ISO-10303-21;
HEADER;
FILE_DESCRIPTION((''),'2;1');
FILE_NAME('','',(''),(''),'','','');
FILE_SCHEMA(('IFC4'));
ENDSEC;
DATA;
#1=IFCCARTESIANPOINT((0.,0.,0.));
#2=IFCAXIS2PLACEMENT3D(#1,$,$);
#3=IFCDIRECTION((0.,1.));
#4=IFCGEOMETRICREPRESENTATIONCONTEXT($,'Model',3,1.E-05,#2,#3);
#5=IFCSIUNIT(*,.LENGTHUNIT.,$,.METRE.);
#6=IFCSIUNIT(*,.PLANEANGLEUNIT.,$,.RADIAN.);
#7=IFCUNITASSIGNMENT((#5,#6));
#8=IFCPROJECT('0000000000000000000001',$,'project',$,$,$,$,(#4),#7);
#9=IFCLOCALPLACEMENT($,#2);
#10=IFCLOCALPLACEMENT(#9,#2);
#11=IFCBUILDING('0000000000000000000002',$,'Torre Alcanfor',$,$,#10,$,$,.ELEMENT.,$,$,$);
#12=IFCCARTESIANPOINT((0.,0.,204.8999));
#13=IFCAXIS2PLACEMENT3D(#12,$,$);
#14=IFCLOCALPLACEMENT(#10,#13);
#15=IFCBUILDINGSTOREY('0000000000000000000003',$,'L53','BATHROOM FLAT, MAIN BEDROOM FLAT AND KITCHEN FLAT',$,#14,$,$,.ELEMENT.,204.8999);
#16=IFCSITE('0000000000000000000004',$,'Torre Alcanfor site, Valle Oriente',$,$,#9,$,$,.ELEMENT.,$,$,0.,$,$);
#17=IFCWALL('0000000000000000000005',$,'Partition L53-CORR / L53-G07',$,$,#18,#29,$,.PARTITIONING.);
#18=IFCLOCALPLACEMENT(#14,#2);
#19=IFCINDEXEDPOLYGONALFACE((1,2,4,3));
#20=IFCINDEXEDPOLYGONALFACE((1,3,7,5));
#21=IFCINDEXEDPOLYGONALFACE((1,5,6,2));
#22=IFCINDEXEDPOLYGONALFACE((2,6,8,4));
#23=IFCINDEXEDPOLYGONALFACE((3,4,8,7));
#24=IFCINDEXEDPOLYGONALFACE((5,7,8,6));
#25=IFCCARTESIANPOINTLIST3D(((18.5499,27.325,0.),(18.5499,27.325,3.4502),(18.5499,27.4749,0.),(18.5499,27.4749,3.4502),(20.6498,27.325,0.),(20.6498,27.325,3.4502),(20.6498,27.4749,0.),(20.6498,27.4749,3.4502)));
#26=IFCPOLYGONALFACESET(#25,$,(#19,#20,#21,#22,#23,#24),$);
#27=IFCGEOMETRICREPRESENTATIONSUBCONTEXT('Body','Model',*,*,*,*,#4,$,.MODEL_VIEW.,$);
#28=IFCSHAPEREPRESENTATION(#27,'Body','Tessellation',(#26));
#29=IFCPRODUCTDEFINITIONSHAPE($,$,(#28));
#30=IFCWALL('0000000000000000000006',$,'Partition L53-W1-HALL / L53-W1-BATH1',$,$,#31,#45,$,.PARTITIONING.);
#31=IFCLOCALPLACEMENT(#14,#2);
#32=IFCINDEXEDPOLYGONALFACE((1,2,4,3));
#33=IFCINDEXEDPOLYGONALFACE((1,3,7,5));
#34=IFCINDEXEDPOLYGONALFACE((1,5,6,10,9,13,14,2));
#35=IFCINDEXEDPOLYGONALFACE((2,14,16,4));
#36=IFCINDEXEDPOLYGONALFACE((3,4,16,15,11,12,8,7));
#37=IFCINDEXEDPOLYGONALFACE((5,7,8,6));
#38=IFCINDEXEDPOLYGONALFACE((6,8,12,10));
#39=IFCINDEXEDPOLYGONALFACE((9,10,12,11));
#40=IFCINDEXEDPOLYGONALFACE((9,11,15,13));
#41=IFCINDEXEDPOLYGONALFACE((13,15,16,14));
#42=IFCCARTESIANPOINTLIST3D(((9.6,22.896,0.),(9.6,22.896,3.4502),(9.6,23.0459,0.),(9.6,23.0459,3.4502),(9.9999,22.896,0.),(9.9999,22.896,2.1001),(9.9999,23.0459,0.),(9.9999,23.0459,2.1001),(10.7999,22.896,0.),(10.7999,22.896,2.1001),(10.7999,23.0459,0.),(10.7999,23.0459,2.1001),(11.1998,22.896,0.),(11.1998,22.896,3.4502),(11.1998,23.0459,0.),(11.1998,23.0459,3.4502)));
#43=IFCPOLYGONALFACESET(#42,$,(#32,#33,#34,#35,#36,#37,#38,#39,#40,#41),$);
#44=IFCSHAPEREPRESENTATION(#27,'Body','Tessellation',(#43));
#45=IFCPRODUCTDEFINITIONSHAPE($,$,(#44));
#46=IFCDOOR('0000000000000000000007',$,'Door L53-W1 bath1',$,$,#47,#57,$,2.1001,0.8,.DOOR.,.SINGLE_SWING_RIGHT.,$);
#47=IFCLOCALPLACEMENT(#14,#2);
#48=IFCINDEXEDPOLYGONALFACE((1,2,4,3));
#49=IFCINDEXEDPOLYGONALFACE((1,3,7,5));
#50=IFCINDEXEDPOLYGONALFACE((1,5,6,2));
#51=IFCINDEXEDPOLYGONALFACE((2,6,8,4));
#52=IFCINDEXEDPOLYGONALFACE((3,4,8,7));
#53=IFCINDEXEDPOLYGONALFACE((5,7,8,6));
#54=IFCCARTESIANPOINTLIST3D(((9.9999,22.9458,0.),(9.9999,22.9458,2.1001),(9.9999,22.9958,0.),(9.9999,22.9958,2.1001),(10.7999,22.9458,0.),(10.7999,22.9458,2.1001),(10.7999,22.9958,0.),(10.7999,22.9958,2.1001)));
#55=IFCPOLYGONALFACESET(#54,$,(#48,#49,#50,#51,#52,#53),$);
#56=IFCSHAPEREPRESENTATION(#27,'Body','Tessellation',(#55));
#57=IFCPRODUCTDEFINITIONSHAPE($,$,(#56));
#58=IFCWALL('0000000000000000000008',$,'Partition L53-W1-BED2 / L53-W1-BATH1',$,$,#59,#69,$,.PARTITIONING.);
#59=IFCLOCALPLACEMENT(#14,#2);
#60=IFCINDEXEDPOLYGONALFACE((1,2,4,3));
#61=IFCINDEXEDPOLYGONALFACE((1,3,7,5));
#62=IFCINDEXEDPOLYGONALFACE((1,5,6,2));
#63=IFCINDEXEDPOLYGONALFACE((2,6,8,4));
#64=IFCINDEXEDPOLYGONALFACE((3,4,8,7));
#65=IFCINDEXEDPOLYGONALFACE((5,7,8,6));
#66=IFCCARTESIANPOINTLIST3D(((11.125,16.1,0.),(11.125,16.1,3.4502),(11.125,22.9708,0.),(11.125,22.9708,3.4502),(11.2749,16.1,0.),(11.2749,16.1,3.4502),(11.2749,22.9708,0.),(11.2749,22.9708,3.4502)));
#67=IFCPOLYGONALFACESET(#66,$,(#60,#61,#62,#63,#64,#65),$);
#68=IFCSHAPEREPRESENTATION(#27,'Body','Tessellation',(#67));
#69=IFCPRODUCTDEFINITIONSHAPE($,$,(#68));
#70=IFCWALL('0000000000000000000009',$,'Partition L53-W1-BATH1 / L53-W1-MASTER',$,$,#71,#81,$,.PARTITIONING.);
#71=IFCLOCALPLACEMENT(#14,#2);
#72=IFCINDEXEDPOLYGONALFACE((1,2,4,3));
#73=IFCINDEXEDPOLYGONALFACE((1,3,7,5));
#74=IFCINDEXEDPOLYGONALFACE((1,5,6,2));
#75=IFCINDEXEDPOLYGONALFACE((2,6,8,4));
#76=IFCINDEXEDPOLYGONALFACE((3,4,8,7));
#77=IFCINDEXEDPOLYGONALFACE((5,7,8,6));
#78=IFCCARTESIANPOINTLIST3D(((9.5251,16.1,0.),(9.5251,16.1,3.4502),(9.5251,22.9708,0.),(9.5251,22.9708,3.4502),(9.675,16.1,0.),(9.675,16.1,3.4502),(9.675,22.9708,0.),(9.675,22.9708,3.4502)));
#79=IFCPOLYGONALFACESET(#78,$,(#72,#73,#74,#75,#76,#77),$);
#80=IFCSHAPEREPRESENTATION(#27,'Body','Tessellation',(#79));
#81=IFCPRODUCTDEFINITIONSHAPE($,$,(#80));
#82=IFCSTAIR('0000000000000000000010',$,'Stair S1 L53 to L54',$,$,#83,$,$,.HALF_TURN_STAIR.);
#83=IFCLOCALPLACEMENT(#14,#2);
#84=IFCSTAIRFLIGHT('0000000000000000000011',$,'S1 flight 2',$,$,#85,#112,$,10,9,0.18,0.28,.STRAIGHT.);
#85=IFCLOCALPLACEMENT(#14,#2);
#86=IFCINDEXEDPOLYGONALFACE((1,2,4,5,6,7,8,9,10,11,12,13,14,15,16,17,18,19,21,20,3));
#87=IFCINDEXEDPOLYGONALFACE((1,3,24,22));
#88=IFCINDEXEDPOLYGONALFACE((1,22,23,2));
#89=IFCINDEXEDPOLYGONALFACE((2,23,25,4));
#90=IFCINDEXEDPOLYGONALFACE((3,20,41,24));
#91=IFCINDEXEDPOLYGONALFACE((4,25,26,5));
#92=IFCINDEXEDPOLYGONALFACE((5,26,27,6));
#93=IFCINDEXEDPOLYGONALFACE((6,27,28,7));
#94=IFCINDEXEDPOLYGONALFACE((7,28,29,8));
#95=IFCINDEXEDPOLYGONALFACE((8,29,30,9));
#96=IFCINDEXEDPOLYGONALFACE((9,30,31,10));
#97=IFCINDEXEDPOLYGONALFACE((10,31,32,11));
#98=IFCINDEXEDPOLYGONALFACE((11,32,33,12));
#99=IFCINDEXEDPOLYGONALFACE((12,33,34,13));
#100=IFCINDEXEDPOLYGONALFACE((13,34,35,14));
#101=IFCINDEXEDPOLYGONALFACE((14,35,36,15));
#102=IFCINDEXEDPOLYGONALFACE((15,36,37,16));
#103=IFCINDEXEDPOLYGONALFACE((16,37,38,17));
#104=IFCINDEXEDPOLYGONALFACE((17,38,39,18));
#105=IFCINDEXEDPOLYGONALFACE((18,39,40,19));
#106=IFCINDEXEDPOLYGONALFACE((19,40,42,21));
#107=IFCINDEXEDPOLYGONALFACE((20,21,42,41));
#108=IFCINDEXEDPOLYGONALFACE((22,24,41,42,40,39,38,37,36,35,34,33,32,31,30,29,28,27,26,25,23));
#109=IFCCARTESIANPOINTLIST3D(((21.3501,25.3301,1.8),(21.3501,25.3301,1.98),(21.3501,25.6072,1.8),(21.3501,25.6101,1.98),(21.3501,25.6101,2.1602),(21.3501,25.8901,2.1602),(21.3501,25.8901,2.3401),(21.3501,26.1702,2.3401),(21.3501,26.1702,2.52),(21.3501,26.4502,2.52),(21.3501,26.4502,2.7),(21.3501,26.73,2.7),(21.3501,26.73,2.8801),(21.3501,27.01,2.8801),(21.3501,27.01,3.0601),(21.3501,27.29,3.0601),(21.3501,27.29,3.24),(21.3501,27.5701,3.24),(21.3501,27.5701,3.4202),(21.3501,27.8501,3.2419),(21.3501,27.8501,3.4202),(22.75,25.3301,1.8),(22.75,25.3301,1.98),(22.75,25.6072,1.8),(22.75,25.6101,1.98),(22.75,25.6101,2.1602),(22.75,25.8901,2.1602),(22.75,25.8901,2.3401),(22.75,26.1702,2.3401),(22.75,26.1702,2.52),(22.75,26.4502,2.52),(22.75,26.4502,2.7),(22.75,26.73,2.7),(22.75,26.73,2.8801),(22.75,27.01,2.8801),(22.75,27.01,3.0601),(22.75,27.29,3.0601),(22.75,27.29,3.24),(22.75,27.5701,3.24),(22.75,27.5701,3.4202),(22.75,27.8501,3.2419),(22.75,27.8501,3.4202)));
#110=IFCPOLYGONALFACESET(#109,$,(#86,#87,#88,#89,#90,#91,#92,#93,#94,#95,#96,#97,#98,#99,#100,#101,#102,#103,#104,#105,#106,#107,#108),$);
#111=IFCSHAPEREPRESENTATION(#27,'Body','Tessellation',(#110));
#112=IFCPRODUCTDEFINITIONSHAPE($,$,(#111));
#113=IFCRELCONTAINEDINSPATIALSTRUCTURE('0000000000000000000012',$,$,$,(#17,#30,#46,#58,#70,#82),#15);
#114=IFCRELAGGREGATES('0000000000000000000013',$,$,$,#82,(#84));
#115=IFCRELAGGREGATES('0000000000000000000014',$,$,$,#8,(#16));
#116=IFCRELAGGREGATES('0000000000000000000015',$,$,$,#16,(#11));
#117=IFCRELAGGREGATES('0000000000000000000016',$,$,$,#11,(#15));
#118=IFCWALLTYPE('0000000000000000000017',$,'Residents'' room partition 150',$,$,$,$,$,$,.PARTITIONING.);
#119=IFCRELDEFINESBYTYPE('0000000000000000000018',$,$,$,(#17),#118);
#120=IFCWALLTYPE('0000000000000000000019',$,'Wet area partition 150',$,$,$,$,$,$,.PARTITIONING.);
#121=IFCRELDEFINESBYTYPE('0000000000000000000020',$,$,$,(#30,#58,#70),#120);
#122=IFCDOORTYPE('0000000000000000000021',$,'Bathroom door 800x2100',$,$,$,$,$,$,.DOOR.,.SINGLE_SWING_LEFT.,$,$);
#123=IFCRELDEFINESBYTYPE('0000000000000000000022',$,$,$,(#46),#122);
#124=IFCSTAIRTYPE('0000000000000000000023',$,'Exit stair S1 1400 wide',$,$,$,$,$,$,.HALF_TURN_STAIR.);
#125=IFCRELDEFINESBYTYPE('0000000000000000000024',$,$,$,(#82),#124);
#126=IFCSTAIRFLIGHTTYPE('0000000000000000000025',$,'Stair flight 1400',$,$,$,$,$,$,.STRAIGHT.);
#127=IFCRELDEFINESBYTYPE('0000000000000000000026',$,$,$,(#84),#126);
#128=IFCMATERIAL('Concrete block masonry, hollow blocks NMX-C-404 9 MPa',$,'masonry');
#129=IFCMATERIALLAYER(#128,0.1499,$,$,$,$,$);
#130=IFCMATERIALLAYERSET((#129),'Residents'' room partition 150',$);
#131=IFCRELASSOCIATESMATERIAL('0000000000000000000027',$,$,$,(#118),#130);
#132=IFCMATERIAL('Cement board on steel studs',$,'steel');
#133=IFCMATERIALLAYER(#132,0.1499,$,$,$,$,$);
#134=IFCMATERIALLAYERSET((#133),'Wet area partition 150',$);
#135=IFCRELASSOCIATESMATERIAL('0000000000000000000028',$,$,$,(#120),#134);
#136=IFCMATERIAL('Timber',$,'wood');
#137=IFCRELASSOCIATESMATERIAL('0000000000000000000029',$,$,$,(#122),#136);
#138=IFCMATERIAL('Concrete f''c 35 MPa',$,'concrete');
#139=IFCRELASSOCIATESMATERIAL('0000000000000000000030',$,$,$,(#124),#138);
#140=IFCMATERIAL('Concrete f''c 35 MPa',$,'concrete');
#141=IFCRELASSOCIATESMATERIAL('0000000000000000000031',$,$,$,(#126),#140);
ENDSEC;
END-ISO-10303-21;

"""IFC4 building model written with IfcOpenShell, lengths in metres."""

from ifc_helpers import new_model, si_unit, direction, frame, frame_2d, origin, place, context, subcontext, project, spatial, polyline, rectangle, outline, extrude, material, layer, layer_set, type_object, element, fill, aggregate, save


model = new_model("IFC4")

# Units and contexts
model_context = context("Model", 3, precision=1e-05, world=origin(), true_north=direction((0.0, 1.0)))
body_context = subcontext(model_context, "Body", "Model", "MODEL_VIEW")
ifc_project = project(units=[si_unit("LENGTHUNIT", "METRE"), si_unit("PLANEANGLEUNIT", "RADIAN")], contexts=[model_context])

# Site, building, storey
site_placement = place(None, origin())
site = spatial("IfcSite", under=ifc_project, at=site_placement, Name="Torre Alcanfor site, Valle Oriente", CompositionType="ELEMENT", RefElevation=0.0)
building_placement = place(site_placement, origin())
building = spatial("IfcBuilding", under=site, at=building_placement, Name="Torre Alcanfor", CompositionType="ELEMENT")
storey_placement = place(building_placement, frame((0.0, 0.0, 204.8999)))
storey = spatial("IfcBuildingStorey", under=building, at=storey_placement, Name="L53", Description="BATHROOM FLAT, MAIN BEDROOM FLAT AND KITCHEN FLAT", CompositionType="ELEMENT", Elevation=204.8999)

# Shared definitions
ifc_material_1 = material(Name="Concrete block masonry, hollow blocks NMX-C-404 9 MPa", Category="masonry")
ifc_layer_1 = layer(ifc_material_1, 0.1499)
ifc_layer_set_1 = layer_set([ifc_layer_1], Name="Residents' room partition 150")
wall_type_1 = type_object("IfcWallType", Name="Residents' room partition 150", PredefinedType="PARTITIONING", material=ifc_layer_set_1)

# Wall
wall_1_placement = place(storey_placement, frame((18.55, 27.3999, 0.0), z_axis=(0.0, 0.0, 1.0), x_axis=(1.0, 0.0, 0.0)))
element("IfcWall", 1, at=wall_1_placement, inside=storey, type_object=wall_type_1, Name="Partition L53-CORR / L53-G07", PredefinedType="PARTITIONING", context=body_context, shape_type="SweptSolid", body=[
    extrude(rectangle(XDim=2.0999, YDim=0.1499, at=frame_2d((1.0498, 0.0))), origin(), (0.0, 0.0, 1.0), 3.4502),
])

# Wall, opening, door
ifc_material_2 = material(Name="Cement board on steel studs", Category="steel")
ifc_layer_2 = layer(ifc_material_2, 0.1499)
ifc_layer_set_2 = layer_set([ifc_layer_2], Name="Wet area partition 150")
wall_type_2 = type_object("IfcWallType", Name="Wet area partition 150", PredefinedType="PARTITIONING", material=ifc_layer_set_2)
wall_2_placement = place(storey_placement, frame((9.6001, 22.9709, 0.0), z_axis=(0.0, 0.0, 1.0), x_axis=(1.0, 0.0, 0.0)))
wall_2 = element("IfcWall", 2, at=wall_2_placement, inside=storey, type_object=wall_type_2, Name="Partition L53-W1-HALL / L53-W1-BATH1", PredefinedType="PARTITIONING", context=body_context, shape_type="SweptSolid", body=[
    extrude(rectangle(XDim=1.5999, YDim=0.1499, at=frame_2d((0.7998, 0.0))), origin(), (0.0, 0.0, 1.0), 3.4502),
])
opening_1_placement = place(wall_2_placement, frame((0.3999, 0.0, 0.0)))
opening_1 = element("IfcOpeningElement", 3, at=opening_1_placement, cuts=wall_2, PredefinedType="OPENING", context=body_context, shape_type="SweptSolid", body=[
    extrude(rectangle(XDim=0.8, YDim=2.1001, at=frame_2d((0.3999, 1.05))), frame((0.0, 0.085, 0.0), z_axis=(0.0, -1.0, 0.0), x_axis=(1.0, 0.0, 0.0)), (0.0, 0.0, 1.0), 0.1699),
])
ifc_material_3 = material(Name="Timber", Category="wood")
door_type_1 = type_object("IfcDoorType", Name="Bathroom door 800x2100", OperationType="SINGLE_SWING_LEFT", PredefinedType="DOOR", material=ifc_material_3)
door_1_placement = place(opening_1_placement, frame((0.8, 0.0, 0.0), z_axis=(0.0, 0.0, 1.0), x_axis=(-1.0, 0.0, 0.0)))
door_1 = element("IfcDoor", 4, at=door_1_placement, inside=storey, type_object=door_type_1, Name="Door L53-W1 bath1", OperationType="SINGLE_SWING_RIGHT", OverallHeight=2.1001, OverallWidth=0.8, PredefinedType="DOOR", context=body_context, shape_type="SweptSolid", body=[
    extrude(rectangle(XDim=0.8, YDim=2.1001, at=frame_2d((0.4001, 1.05))), frame((0.0, 0.0251, 0.0), z_axis=(0.0, -1.0, 0.0), x_axis=(1.0, 0.0, 0.0)), (0.0, 0.0, 1.0), 0.05),
])
fill(opening_1, door_1)

# Walls
for number, where, z_axis, x_axis, name in (
    (5, (11.2, 22.9709, 0.0), (0.0, 0.0, 1.0), (0.0, -1.0, 0.0), "Partition L53-W1-BED2 / L53-W1-BATH1"),
    (6, (9.6001, 22.9709, 0.0), (0.0, 0.0, 1.0), (0.0, -1.0, 0.0), "Partition L53-W1-BATH1 / L53-W1-MASTER"),
):
    element("IfcWall", number, at=place(storey_placement, frame(where, z_axis=z_axis, x_axis=x_axis)), inside=storey, type_object=wall_type_2, Name=name, PredefinedType="PARTITIONING", context=body_context, shape_type="SweptSolid", body=[
        extrude(rectangle(XDim=6.8708, YDim=0.1499, at=frame_2d((3.4355, 0.0))), origin(), (0.0, 0.0, 1.0), 3.4502),
    ])

# Stair, stair flight
ifc_material_4 = material(Name="Concrete f'c 35 MPa", Category="concrete")
stair_type = type_object("IfcStairType", Name="Exit stair S1 1400 wide", PredefinedType="HALF_TURN_STAIR", material=ifc_material_4)
stair_placement = place(storey_placement, origin())
stair = element("IfcStair", 7, at=stair_placement, inside=storey, type_object=stair_type, Name="Stair S1 L53 to L54", PredefinedType="HALF_TURN_STAIR")
ifc_material_5 = material(Name="Concrete f'c 35 MPa", Category="concrete")
stair_flight_type = type_object("IfcStairFlightType", Name="Stair flight 1400", PredefinedType="STRAIGHT", material=ifc_material_5)
stair_flight_placement = place(storey_placement, frame((22.05, 25.3301, 1.8), z_axis=(0.0, 0.0, 1.0), x_axis=(0.0, 1.0, 0.0)))
stair_flight = element("IfcStairFlight", 8, at=stair_flight_placement, type_object=stair_flight_type, Name="S1 flight 2", NumberOfRisers=10, NumberOfTreads=9, PredefinedType="STRAIGHT", RiserHeight=0.18, TreadLength=0.28, context=body_context, shape_type="SweptSolid", body=[
    extrude(outline(polyline([(0.0, 0.0), (0.0, 0.1799), (0.28, 0.1799), (0.28, 0.3601), (0.5601, 0.3601), (0.5601, 0.54), (0.8401, 0.54), (0.8401, 0.72), (1.1201, 0.72), (1.1201, 0.8999), (1.3999, 0.8999), (1.3999, 1.0801), (1.6799, 1.0801), (1.6799, 1.26), (1.96, 1.26), (1.96, 1.4399), (2.24, 1.4399), (2.24, 1.6201), (2.52, 1.6201), (2.52, 1.8), (2.52, 1.4419), (0.2771, 0.0), (0.0, 0.0)])), frame((0.0, 0.7, 0.0), z_axis=(0.0, -1.0, 0.0), x_axis=(1.0, 0.0, 0.0)), (0.0, 0.0, 1.0), 1.3999),
])
aggregate(stair, [stair_flight])

save(model, "model.ifc")
